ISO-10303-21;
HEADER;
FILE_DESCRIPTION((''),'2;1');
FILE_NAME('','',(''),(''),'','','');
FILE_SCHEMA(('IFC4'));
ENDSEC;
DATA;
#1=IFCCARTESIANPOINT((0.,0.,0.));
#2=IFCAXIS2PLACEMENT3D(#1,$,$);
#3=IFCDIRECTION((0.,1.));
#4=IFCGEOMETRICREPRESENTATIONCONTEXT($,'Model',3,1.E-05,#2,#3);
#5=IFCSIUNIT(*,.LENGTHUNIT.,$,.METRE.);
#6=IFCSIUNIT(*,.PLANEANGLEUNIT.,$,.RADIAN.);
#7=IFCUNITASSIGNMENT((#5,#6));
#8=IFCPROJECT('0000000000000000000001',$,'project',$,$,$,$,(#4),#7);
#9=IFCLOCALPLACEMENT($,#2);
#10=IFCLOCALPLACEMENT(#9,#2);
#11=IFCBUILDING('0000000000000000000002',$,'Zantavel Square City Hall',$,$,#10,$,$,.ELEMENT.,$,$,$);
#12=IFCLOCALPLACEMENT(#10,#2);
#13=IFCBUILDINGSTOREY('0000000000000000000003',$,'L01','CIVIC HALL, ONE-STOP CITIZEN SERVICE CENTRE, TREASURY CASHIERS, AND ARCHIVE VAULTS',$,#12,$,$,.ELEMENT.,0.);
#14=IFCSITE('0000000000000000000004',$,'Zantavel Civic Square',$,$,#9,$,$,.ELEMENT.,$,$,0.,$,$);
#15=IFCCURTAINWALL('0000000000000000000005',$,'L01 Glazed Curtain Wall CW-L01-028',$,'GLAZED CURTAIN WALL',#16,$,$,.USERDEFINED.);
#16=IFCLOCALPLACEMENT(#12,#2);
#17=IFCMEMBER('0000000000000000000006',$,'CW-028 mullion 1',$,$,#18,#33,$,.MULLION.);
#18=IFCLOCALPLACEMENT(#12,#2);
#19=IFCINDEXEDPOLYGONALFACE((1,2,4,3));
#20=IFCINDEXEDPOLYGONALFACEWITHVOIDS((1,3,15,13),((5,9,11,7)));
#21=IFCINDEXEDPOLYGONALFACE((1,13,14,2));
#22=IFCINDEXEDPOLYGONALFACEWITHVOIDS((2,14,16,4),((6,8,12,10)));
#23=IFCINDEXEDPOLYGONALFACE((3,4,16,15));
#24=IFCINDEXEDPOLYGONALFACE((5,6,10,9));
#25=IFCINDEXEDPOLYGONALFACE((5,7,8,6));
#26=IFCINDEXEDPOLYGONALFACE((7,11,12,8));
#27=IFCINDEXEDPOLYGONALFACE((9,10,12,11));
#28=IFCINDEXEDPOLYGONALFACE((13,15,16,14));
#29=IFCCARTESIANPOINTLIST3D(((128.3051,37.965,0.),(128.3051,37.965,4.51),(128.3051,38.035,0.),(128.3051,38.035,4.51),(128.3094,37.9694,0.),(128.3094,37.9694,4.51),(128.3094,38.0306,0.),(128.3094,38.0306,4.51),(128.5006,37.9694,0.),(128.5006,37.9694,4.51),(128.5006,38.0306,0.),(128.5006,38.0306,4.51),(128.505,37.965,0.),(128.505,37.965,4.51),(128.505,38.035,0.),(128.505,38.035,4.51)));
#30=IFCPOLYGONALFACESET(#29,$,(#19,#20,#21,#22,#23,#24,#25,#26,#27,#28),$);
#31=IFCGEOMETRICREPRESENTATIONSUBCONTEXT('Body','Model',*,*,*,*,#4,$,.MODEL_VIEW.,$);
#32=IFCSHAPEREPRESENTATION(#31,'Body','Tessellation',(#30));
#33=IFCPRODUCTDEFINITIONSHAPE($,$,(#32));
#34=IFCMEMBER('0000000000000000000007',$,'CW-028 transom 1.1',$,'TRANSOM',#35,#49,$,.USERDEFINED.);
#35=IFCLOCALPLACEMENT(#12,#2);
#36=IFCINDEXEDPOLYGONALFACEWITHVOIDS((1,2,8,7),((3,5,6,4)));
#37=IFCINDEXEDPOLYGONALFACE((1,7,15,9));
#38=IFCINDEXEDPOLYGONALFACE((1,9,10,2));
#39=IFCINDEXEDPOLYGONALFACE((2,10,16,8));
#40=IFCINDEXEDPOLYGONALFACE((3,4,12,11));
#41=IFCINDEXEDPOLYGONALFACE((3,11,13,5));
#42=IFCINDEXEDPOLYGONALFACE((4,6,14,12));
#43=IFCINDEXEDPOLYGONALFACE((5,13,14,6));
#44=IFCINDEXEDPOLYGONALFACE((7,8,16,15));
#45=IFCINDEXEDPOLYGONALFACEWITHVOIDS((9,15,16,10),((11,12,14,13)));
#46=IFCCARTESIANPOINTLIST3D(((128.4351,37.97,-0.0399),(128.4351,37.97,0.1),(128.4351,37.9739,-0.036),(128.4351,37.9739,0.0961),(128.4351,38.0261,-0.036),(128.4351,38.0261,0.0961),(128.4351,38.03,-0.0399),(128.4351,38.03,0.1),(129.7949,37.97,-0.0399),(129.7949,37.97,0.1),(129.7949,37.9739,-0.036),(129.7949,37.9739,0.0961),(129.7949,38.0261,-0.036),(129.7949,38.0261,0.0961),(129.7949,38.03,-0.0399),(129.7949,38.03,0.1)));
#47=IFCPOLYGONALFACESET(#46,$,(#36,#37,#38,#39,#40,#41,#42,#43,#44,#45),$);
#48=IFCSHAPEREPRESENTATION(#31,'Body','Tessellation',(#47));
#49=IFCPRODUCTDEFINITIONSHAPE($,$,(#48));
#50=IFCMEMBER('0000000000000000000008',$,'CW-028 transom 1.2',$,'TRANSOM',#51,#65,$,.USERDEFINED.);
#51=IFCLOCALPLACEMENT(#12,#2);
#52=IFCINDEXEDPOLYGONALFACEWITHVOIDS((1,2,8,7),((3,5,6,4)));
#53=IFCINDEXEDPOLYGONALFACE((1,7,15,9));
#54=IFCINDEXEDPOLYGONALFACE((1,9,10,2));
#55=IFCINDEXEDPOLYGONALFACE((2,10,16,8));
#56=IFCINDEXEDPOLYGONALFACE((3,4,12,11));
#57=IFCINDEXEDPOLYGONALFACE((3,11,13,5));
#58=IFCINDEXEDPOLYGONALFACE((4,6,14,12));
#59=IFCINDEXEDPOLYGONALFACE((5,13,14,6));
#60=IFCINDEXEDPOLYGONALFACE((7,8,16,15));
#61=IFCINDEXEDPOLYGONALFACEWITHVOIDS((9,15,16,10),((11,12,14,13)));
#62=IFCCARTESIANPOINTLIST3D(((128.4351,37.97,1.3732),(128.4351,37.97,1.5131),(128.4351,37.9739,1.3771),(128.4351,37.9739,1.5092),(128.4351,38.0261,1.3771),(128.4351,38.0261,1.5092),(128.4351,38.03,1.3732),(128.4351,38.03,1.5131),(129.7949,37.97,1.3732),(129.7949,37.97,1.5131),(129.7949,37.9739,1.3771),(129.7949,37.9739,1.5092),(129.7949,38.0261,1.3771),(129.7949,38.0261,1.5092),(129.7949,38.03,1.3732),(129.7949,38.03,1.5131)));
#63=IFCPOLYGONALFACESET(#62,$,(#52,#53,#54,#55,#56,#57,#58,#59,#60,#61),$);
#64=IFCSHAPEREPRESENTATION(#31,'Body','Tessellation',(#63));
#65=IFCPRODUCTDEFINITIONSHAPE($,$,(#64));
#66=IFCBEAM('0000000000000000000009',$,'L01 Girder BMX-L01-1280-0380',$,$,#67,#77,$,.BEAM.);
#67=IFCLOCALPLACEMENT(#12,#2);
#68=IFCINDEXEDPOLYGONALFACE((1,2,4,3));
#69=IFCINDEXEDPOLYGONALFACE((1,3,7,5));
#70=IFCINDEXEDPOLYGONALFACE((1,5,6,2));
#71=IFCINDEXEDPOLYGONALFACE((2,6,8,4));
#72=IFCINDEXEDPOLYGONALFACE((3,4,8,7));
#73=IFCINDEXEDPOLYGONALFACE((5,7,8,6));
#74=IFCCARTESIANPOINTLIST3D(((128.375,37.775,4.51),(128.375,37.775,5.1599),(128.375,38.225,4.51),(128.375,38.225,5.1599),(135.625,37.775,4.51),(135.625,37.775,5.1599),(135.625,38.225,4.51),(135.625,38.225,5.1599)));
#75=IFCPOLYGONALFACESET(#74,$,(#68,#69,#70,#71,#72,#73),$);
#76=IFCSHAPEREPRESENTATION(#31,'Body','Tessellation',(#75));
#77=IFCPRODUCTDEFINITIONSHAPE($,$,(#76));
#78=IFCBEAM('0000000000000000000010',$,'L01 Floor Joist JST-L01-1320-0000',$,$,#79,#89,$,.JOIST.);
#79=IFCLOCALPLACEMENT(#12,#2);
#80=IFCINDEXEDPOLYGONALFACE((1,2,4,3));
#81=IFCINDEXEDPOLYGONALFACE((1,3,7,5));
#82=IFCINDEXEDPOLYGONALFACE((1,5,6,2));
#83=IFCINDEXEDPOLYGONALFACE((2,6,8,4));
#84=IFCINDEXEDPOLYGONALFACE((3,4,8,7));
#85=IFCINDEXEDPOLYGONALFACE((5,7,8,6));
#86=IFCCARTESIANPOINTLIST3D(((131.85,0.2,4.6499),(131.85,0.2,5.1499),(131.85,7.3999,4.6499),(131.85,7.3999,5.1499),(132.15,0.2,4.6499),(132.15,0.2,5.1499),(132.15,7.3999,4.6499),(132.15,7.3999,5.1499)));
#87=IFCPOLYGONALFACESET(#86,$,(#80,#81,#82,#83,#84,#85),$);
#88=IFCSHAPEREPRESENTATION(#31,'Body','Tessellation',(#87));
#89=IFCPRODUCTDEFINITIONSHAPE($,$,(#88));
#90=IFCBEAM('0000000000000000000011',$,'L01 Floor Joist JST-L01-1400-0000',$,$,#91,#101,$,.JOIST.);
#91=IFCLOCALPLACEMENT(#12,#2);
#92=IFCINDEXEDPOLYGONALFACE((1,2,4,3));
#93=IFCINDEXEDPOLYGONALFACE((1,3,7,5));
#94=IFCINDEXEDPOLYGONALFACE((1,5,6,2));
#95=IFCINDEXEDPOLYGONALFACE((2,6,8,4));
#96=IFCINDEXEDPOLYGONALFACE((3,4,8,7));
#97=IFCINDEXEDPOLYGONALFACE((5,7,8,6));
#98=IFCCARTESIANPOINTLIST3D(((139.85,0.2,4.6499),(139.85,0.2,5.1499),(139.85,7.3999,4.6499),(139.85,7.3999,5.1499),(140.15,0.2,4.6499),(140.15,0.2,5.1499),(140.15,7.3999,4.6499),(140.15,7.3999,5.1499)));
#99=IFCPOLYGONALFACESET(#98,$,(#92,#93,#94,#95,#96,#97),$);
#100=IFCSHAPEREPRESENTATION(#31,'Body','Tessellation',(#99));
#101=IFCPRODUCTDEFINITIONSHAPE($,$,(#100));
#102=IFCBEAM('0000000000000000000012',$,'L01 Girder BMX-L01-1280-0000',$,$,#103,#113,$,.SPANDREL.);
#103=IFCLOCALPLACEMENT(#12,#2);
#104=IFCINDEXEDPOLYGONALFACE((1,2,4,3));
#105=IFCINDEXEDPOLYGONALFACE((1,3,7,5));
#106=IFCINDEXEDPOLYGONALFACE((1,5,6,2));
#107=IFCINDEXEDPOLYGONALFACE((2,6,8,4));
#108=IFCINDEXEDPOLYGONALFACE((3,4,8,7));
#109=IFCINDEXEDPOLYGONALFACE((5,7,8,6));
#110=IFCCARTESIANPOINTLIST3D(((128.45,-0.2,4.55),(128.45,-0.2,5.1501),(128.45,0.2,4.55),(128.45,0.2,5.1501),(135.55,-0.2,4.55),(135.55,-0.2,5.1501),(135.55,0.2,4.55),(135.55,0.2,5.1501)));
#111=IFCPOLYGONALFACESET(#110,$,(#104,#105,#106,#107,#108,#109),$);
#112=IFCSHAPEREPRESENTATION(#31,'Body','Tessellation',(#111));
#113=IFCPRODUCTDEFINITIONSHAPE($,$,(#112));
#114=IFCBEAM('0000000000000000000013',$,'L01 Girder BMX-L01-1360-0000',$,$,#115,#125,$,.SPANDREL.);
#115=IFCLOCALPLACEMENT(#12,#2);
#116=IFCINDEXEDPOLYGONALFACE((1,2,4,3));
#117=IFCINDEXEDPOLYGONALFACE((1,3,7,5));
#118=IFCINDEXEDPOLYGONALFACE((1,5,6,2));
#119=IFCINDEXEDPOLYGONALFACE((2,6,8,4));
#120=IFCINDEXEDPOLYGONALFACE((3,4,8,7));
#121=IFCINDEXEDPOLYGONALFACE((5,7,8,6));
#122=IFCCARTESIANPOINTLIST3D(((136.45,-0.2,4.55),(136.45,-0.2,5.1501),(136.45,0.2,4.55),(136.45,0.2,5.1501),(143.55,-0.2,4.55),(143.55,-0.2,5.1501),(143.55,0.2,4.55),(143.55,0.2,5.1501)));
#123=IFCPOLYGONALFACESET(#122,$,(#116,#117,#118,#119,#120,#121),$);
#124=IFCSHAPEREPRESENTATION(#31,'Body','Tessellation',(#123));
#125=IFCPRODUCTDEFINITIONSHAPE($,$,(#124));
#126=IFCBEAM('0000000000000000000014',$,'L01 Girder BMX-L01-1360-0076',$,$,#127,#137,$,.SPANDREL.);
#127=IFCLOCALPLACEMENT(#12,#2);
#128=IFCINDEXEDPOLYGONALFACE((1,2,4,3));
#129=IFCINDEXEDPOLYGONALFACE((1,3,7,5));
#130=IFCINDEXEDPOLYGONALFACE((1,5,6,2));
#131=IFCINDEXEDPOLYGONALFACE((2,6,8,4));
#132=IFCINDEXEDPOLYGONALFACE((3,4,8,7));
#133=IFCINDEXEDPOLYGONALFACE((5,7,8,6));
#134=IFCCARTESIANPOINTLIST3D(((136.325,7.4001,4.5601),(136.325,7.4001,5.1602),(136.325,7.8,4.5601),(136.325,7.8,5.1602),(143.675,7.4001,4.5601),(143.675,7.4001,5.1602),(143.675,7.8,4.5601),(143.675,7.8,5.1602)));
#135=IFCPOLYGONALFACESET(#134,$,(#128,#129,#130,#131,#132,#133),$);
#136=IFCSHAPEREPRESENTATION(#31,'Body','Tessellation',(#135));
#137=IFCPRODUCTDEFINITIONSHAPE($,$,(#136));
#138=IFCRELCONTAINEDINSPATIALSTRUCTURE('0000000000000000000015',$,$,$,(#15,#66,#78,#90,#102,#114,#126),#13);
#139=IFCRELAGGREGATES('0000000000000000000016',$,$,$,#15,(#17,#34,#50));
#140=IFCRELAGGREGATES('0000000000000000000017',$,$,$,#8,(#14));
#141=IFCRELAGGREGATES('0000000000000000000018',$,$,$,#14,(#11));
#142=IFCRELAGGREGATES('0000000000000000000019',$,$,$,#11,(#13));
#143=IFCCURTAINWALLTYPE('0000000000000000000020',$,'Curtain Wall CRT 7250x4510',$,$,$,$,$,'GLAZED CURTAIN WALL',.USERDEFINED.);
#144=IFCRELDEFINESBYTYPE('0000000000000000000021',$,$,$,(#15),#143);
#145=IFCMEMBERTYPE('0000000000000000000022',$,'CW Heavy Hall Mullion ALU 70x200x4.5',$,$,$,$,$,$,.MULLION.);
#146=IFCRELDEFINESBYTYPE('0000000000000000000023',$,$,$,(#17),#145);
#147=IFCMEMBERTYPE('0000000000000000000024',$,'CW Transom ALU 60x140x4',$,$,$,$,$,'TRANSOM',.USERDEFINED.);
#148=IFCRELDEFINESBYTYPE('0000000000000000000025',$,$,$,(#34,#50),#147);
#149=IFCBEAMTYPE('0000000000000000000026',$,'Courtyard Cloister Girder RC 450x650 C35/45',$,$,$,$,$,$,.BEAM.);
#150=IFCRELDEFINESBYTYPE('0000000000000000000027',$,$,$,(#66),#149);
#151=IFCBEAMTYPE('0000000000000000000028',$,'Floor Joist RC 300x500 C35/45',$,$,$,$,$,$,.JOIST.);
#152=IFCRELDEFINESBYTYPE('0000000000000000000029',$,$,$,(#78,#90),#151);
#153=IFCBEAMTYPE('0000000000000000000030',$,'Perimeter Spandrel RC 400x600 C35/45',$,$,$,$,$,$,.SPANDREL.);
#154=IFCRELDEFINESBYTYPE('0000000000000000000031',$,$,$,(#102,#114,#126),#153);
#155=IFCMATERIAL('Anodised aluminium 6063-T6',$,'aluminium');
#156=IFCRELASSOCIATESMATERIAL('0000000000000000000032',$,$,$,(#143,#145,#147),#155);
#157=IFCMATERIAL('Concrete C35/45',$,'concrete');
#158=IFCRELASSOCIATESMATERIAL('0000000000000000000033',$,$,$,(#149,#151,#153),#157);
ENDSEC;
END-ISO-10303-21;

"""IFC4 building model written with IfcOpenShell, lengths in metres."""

from ifc_helpers import new_model, si_unit, direction, frame, origin, origin_2d, place, context, subcontext, project, spatial, rectangle, hollow_rectangle, extrude, material, material_profile, profile_set, type_object, element, aggregate, save


model = new_model("IFC4")

# Units and contexts
model_context = context("Model", 3, precision=1e-05, world=origin(), true_north=direction((0.0, 1.0)))
body_context = subcontext(model_context, "Body", "Model", "MODEL_VIEW")
ifc_project = project(units=[si_unit("LENGTHUNIT", "METRE"), si_unit("PLANEANGLEUNIT", "RADIAN")], contexts=[model_context])

# Site, building, storey
site_placement = place(None, origin())
site = spatial("IfcSite", under=ifc_project, at=site_placement, Name="Zantavel Civic Square", CompositionType="ELEMENT", RefElevation=0.0)
building_placement = place(site_placement, origin())
building = spatial("IfcBuilding", under=site, at=building_placement, Name="Zantavel Square City Hall", CompositionType="ELEMENT")
storey_placement = place(building_placement, origin())
storey = spatial("IfcBuildingStorey", under=building, at=storey_placement, Name="L01", Description="CIVIC HALL, ONE-STOP CITIZEN SERVICE CENTRE, TREASURY CASHIERS, AND ARCHIVE VAULTS", CompositionType="ELEMENT", Elevation=0.0)

# Shared definitions
ifc_material_1 = material(Name="Concrete C35/45", Category="concrete")

# Curtain wall, members
ifc_material_2 = material(Name="Anodised aluminium 6063-T6", Category="aluminium")
curtain_wall_type = type_object("IfcCurtainWallType", Name="Curtain Wall CRT 7250x4510", ElementType="GLAZED CURTAIN WALL", PredefinedType="USERDEFINED", material=ifc_material_2)
curtain_wall_placement = place(storey_placement, origin())
curtain_wall = element("IfcCurtainWall", 1, at=curtain_wall_placement, inside=storey, type_object=curtain_wall_type, Name="L01 Glazed Curtain Wall CW-L01-028", ObjectType="GLAZED CURTAIN WALL", PredefinedType="USERDEFINED")
ifc_material_profile_1 = material_profile(ifc_material_2, hollow_rectangle(XDim=0.0701, YDim=0.2, WallThickness=0.0044, at=origin_2d()), Name="ALU 70x200x4.5")
ifc_profile_set_1 = profile_set([ifc_material_profile_1], Name="Anodised aluminium 6063-T6")
member_type_1 = type_object("IfcMemberType", Name="CW Heavy Hall Mullion ALU 70x200x4.5", PredefinedType="MULLION", material=ifc_profile_set_1)
member_1_placement = place(storey_placement, frame((128.405, 38.0, 0.0), z_axis=(0.0, 0.0, 1.0), x_axis=(0.0, 1.0, 0.0)))
member_1 = element("IfcMember", 2, at=member_1_placement, type_object=member_type_1, Name="CW-028 mullion 1", PredefinedType="MULLION", context=body_context, shape_type="SweptSolid", body=[
    extrude(hollow_rectangle(XDim=0.0701, YDim=0.2, WallThickness=0.0044, at=origin_2d()), origin(), (0.0, 0.0, 1.0), 4.51),
])
ifc_material_profile_2 = material_profile(ifc_material_2, hollow_rectangle(XDim=0.0601, YDim=0.1399, WallThickness=0.0039, at=origin_2d()), Name="ALU 60x140x4")
ifc_profile_set_2 = profile_set([ifc_material_profile_2], Name="Anodised aluminium 6063-T6")
member_type_2 = type_object("IfcMemberType", Name="CW Transom ALU 60x140x4", ElementType="TRANSOM", PredefinedType="USERDEFINED", material=ifc_profile_set_2)
member_2_placement = place(storey_placement, frame((128.4351, 38.0, 0.03), z_axis=(1.0, 0.0, 0.0), x_axis=(0.0, 1.0, 0.0)))
member_2 = element("IfcMember", 3, at=member_2_placement, type_object=member_type_2, Name="CW-028 transom 1.1", ObjectType="TRANSOM", PredefinedType="USERDEFINED", context=body_context, shape_type="SweptSolid", body=[
    extrude(hollow_rectangle(XDim=0.0601, YDim=0.1399, WallThickness=0.0039, at=origin_2d()), origin(), (0.0, 0.0, 1.0), 1.3599),
])
member_3_placement = place(storey_placement, frame((128.4351, 38.0, 1.4431), z_axis=(1.0, 0.0, 0.0), x_axis=(0.0, 1.0, 0.0)))
member_3 = element("IfcMember", 4, at=member_3_placement, type_object=member_type_2, Name="CW-028 transom 1.2", ObjectType="TRANSOM", PredefinedType="USERDEFINED", context=body_context, shape_type="SweptSolid", body=[
    extrude(hollow_rectangle(XDim=0.0601, YDim=0.1399, WallThickness=0.0039, at=origin_2d()), origin(), (0.0, 0.0, 1.0), 1.3599),
])
aggregate(curtain_wall, [member_1, member_2, member_3])

# Beams
ifc_material_profile_3 = material_profile(ifc_material_1, rectangle(XDim=0.45, YDim=0.6499, at=origin_2d()), Name="RC 450x650")
ifc_profile_set_3 = profile_set([ifc_material_profile_3], Name="Concrete C35/45")
beam_type_1 = type_object("IfcBeamType", Name="Courtyard Cloister Girder RC 450x650 C35/45", PredefinedType="BEAM", material=ifc_profile_set_3)
beam_1_placement = place(storey_placement, frame((128.375, 38.0, 4.835), z_axis=(1.0, 0.0, 0.0), x_axis=(0.0, 1.0, 0.0)))
element("IfcBeam", 5, at=beam_1_placement, inside=storey, type_object=beam_type_1, Name="L01 Girder BMX-L01-1280-0380", PredefinedType="BEAM", context=body_context, shape_type="SweptSolid", body=[
    extrude(rectangle(XDim=0.45, YDim=0.6499, at=origin_2d()), origin(), (0.0, 0.0, 1.0), 7.25),
])
ifc_material_profile_4 = material_profile(ifc_material_1, rectangle(XDim=0.3, YDim=0.5, at=origin_2d()), Name="RC 300x500")
ifc_profile_set_4 = profile_set([ifc_material_profile_4], Name="Concrete C35/45")
beam_type_2 = type_object("IfcBeamType", Name="Floor Joist RC 300x500 C35/45", PredefinedType="JOIST", material=ifc_profile_set_4)
for number, where, z_axis, x_axis, name in (
    (6, (132.0, 0.2, 4.8999), (0.0, 1.0, 0.0), (-1.0, 0.0, 0.0), "L01 Floor Joist JST-L01-1320-0000"),
    (7, (140.0, 0.2, 4.8999), (0.0, 1.0, 0.0), (-1.0, 0.0, 0.0), "L01 Floor Joist JST-L01-1400-0000"),
):
    element("IfcBeam", number, at=place(storey_placement, frame(where, z_axis=z_axis, x_axis=x_axis)), inside=storey, type_object=beam_type_2, Name=name, PredefinedType="JOIST", context=body_context, shape_type="SweptSolid", body=[
        extrude(rectangle(XDim=0.3, YDim=0.5, at=origin_2d()), origin(), (0.0, 0.0, 1.0), 7.2),
    ])
ifc_material_profile_5 = material_profile(ifc_material_1, rectangle(XDim=0.3999, YDim=0.6001, at=origin_2d()), Name="RC 400x600")
ifc_profile_set_5 = profile_set([ifc_material_profile_5], Name="Concrete C35/45")
beam_type_3 = type_object("IfcBeamType", Name="Perimeter Spandrel RC 400x600 C35/45", PredefinedType="SPANDREL", material=ifc_profile_set_5)
for number, where, z_axis, x_axis, name in (
    (8, (128.45, 0.0, 4.8501), (1.0, 0.0, 0.0), (0.0, 1.0, 0.0), "L01 Girder BMX-L01-1280-0000"),
    (9, (136.45, 0.0, 4.8501), (1.0, 0.0, 0.0), (0.0, 1.0, 0.0), "L01 Girder BMX-L01-1360-0000"),
):
    element("IfcBeam", number, at=place(storey_placement, frame(where, z_axis=z_axis, x_axis=x_axis)), inside=storey, type_object=beam_type_3, Name=name, PredefinedType="SPANDREL", context=body_context, shape_type="SweptSolid", body=[
        extrude(rectangle(XDim=0.3999, YDim=0.6001, at=origin_2d()), origin(), (0.0, 0.0, 1.0), 7.1001),
    ])
beam_2_placement = place(storey_placement, frame((136.325, 7.6001, 4.8601), z_axis=(1.0, 0.0, 0.0), x_axis=(0.0, 1.0, 0.0)))
element("IfcBeam", 10, at=beam_2_placement, inside=storey, type_object=beam_type_3, Name="L01 Girder BMX-L01-1360-0076", PredefinedType="SPANDREL", context=body_context, shape_type="SweptSolid", body=[
    extrude(rectangle(XDim=0.3999, YDim=0.6001, at=origin_2d()), origin(), (0.0, 0.0, 1.0), 7.3501),
])

save(model, "model.ifc")
